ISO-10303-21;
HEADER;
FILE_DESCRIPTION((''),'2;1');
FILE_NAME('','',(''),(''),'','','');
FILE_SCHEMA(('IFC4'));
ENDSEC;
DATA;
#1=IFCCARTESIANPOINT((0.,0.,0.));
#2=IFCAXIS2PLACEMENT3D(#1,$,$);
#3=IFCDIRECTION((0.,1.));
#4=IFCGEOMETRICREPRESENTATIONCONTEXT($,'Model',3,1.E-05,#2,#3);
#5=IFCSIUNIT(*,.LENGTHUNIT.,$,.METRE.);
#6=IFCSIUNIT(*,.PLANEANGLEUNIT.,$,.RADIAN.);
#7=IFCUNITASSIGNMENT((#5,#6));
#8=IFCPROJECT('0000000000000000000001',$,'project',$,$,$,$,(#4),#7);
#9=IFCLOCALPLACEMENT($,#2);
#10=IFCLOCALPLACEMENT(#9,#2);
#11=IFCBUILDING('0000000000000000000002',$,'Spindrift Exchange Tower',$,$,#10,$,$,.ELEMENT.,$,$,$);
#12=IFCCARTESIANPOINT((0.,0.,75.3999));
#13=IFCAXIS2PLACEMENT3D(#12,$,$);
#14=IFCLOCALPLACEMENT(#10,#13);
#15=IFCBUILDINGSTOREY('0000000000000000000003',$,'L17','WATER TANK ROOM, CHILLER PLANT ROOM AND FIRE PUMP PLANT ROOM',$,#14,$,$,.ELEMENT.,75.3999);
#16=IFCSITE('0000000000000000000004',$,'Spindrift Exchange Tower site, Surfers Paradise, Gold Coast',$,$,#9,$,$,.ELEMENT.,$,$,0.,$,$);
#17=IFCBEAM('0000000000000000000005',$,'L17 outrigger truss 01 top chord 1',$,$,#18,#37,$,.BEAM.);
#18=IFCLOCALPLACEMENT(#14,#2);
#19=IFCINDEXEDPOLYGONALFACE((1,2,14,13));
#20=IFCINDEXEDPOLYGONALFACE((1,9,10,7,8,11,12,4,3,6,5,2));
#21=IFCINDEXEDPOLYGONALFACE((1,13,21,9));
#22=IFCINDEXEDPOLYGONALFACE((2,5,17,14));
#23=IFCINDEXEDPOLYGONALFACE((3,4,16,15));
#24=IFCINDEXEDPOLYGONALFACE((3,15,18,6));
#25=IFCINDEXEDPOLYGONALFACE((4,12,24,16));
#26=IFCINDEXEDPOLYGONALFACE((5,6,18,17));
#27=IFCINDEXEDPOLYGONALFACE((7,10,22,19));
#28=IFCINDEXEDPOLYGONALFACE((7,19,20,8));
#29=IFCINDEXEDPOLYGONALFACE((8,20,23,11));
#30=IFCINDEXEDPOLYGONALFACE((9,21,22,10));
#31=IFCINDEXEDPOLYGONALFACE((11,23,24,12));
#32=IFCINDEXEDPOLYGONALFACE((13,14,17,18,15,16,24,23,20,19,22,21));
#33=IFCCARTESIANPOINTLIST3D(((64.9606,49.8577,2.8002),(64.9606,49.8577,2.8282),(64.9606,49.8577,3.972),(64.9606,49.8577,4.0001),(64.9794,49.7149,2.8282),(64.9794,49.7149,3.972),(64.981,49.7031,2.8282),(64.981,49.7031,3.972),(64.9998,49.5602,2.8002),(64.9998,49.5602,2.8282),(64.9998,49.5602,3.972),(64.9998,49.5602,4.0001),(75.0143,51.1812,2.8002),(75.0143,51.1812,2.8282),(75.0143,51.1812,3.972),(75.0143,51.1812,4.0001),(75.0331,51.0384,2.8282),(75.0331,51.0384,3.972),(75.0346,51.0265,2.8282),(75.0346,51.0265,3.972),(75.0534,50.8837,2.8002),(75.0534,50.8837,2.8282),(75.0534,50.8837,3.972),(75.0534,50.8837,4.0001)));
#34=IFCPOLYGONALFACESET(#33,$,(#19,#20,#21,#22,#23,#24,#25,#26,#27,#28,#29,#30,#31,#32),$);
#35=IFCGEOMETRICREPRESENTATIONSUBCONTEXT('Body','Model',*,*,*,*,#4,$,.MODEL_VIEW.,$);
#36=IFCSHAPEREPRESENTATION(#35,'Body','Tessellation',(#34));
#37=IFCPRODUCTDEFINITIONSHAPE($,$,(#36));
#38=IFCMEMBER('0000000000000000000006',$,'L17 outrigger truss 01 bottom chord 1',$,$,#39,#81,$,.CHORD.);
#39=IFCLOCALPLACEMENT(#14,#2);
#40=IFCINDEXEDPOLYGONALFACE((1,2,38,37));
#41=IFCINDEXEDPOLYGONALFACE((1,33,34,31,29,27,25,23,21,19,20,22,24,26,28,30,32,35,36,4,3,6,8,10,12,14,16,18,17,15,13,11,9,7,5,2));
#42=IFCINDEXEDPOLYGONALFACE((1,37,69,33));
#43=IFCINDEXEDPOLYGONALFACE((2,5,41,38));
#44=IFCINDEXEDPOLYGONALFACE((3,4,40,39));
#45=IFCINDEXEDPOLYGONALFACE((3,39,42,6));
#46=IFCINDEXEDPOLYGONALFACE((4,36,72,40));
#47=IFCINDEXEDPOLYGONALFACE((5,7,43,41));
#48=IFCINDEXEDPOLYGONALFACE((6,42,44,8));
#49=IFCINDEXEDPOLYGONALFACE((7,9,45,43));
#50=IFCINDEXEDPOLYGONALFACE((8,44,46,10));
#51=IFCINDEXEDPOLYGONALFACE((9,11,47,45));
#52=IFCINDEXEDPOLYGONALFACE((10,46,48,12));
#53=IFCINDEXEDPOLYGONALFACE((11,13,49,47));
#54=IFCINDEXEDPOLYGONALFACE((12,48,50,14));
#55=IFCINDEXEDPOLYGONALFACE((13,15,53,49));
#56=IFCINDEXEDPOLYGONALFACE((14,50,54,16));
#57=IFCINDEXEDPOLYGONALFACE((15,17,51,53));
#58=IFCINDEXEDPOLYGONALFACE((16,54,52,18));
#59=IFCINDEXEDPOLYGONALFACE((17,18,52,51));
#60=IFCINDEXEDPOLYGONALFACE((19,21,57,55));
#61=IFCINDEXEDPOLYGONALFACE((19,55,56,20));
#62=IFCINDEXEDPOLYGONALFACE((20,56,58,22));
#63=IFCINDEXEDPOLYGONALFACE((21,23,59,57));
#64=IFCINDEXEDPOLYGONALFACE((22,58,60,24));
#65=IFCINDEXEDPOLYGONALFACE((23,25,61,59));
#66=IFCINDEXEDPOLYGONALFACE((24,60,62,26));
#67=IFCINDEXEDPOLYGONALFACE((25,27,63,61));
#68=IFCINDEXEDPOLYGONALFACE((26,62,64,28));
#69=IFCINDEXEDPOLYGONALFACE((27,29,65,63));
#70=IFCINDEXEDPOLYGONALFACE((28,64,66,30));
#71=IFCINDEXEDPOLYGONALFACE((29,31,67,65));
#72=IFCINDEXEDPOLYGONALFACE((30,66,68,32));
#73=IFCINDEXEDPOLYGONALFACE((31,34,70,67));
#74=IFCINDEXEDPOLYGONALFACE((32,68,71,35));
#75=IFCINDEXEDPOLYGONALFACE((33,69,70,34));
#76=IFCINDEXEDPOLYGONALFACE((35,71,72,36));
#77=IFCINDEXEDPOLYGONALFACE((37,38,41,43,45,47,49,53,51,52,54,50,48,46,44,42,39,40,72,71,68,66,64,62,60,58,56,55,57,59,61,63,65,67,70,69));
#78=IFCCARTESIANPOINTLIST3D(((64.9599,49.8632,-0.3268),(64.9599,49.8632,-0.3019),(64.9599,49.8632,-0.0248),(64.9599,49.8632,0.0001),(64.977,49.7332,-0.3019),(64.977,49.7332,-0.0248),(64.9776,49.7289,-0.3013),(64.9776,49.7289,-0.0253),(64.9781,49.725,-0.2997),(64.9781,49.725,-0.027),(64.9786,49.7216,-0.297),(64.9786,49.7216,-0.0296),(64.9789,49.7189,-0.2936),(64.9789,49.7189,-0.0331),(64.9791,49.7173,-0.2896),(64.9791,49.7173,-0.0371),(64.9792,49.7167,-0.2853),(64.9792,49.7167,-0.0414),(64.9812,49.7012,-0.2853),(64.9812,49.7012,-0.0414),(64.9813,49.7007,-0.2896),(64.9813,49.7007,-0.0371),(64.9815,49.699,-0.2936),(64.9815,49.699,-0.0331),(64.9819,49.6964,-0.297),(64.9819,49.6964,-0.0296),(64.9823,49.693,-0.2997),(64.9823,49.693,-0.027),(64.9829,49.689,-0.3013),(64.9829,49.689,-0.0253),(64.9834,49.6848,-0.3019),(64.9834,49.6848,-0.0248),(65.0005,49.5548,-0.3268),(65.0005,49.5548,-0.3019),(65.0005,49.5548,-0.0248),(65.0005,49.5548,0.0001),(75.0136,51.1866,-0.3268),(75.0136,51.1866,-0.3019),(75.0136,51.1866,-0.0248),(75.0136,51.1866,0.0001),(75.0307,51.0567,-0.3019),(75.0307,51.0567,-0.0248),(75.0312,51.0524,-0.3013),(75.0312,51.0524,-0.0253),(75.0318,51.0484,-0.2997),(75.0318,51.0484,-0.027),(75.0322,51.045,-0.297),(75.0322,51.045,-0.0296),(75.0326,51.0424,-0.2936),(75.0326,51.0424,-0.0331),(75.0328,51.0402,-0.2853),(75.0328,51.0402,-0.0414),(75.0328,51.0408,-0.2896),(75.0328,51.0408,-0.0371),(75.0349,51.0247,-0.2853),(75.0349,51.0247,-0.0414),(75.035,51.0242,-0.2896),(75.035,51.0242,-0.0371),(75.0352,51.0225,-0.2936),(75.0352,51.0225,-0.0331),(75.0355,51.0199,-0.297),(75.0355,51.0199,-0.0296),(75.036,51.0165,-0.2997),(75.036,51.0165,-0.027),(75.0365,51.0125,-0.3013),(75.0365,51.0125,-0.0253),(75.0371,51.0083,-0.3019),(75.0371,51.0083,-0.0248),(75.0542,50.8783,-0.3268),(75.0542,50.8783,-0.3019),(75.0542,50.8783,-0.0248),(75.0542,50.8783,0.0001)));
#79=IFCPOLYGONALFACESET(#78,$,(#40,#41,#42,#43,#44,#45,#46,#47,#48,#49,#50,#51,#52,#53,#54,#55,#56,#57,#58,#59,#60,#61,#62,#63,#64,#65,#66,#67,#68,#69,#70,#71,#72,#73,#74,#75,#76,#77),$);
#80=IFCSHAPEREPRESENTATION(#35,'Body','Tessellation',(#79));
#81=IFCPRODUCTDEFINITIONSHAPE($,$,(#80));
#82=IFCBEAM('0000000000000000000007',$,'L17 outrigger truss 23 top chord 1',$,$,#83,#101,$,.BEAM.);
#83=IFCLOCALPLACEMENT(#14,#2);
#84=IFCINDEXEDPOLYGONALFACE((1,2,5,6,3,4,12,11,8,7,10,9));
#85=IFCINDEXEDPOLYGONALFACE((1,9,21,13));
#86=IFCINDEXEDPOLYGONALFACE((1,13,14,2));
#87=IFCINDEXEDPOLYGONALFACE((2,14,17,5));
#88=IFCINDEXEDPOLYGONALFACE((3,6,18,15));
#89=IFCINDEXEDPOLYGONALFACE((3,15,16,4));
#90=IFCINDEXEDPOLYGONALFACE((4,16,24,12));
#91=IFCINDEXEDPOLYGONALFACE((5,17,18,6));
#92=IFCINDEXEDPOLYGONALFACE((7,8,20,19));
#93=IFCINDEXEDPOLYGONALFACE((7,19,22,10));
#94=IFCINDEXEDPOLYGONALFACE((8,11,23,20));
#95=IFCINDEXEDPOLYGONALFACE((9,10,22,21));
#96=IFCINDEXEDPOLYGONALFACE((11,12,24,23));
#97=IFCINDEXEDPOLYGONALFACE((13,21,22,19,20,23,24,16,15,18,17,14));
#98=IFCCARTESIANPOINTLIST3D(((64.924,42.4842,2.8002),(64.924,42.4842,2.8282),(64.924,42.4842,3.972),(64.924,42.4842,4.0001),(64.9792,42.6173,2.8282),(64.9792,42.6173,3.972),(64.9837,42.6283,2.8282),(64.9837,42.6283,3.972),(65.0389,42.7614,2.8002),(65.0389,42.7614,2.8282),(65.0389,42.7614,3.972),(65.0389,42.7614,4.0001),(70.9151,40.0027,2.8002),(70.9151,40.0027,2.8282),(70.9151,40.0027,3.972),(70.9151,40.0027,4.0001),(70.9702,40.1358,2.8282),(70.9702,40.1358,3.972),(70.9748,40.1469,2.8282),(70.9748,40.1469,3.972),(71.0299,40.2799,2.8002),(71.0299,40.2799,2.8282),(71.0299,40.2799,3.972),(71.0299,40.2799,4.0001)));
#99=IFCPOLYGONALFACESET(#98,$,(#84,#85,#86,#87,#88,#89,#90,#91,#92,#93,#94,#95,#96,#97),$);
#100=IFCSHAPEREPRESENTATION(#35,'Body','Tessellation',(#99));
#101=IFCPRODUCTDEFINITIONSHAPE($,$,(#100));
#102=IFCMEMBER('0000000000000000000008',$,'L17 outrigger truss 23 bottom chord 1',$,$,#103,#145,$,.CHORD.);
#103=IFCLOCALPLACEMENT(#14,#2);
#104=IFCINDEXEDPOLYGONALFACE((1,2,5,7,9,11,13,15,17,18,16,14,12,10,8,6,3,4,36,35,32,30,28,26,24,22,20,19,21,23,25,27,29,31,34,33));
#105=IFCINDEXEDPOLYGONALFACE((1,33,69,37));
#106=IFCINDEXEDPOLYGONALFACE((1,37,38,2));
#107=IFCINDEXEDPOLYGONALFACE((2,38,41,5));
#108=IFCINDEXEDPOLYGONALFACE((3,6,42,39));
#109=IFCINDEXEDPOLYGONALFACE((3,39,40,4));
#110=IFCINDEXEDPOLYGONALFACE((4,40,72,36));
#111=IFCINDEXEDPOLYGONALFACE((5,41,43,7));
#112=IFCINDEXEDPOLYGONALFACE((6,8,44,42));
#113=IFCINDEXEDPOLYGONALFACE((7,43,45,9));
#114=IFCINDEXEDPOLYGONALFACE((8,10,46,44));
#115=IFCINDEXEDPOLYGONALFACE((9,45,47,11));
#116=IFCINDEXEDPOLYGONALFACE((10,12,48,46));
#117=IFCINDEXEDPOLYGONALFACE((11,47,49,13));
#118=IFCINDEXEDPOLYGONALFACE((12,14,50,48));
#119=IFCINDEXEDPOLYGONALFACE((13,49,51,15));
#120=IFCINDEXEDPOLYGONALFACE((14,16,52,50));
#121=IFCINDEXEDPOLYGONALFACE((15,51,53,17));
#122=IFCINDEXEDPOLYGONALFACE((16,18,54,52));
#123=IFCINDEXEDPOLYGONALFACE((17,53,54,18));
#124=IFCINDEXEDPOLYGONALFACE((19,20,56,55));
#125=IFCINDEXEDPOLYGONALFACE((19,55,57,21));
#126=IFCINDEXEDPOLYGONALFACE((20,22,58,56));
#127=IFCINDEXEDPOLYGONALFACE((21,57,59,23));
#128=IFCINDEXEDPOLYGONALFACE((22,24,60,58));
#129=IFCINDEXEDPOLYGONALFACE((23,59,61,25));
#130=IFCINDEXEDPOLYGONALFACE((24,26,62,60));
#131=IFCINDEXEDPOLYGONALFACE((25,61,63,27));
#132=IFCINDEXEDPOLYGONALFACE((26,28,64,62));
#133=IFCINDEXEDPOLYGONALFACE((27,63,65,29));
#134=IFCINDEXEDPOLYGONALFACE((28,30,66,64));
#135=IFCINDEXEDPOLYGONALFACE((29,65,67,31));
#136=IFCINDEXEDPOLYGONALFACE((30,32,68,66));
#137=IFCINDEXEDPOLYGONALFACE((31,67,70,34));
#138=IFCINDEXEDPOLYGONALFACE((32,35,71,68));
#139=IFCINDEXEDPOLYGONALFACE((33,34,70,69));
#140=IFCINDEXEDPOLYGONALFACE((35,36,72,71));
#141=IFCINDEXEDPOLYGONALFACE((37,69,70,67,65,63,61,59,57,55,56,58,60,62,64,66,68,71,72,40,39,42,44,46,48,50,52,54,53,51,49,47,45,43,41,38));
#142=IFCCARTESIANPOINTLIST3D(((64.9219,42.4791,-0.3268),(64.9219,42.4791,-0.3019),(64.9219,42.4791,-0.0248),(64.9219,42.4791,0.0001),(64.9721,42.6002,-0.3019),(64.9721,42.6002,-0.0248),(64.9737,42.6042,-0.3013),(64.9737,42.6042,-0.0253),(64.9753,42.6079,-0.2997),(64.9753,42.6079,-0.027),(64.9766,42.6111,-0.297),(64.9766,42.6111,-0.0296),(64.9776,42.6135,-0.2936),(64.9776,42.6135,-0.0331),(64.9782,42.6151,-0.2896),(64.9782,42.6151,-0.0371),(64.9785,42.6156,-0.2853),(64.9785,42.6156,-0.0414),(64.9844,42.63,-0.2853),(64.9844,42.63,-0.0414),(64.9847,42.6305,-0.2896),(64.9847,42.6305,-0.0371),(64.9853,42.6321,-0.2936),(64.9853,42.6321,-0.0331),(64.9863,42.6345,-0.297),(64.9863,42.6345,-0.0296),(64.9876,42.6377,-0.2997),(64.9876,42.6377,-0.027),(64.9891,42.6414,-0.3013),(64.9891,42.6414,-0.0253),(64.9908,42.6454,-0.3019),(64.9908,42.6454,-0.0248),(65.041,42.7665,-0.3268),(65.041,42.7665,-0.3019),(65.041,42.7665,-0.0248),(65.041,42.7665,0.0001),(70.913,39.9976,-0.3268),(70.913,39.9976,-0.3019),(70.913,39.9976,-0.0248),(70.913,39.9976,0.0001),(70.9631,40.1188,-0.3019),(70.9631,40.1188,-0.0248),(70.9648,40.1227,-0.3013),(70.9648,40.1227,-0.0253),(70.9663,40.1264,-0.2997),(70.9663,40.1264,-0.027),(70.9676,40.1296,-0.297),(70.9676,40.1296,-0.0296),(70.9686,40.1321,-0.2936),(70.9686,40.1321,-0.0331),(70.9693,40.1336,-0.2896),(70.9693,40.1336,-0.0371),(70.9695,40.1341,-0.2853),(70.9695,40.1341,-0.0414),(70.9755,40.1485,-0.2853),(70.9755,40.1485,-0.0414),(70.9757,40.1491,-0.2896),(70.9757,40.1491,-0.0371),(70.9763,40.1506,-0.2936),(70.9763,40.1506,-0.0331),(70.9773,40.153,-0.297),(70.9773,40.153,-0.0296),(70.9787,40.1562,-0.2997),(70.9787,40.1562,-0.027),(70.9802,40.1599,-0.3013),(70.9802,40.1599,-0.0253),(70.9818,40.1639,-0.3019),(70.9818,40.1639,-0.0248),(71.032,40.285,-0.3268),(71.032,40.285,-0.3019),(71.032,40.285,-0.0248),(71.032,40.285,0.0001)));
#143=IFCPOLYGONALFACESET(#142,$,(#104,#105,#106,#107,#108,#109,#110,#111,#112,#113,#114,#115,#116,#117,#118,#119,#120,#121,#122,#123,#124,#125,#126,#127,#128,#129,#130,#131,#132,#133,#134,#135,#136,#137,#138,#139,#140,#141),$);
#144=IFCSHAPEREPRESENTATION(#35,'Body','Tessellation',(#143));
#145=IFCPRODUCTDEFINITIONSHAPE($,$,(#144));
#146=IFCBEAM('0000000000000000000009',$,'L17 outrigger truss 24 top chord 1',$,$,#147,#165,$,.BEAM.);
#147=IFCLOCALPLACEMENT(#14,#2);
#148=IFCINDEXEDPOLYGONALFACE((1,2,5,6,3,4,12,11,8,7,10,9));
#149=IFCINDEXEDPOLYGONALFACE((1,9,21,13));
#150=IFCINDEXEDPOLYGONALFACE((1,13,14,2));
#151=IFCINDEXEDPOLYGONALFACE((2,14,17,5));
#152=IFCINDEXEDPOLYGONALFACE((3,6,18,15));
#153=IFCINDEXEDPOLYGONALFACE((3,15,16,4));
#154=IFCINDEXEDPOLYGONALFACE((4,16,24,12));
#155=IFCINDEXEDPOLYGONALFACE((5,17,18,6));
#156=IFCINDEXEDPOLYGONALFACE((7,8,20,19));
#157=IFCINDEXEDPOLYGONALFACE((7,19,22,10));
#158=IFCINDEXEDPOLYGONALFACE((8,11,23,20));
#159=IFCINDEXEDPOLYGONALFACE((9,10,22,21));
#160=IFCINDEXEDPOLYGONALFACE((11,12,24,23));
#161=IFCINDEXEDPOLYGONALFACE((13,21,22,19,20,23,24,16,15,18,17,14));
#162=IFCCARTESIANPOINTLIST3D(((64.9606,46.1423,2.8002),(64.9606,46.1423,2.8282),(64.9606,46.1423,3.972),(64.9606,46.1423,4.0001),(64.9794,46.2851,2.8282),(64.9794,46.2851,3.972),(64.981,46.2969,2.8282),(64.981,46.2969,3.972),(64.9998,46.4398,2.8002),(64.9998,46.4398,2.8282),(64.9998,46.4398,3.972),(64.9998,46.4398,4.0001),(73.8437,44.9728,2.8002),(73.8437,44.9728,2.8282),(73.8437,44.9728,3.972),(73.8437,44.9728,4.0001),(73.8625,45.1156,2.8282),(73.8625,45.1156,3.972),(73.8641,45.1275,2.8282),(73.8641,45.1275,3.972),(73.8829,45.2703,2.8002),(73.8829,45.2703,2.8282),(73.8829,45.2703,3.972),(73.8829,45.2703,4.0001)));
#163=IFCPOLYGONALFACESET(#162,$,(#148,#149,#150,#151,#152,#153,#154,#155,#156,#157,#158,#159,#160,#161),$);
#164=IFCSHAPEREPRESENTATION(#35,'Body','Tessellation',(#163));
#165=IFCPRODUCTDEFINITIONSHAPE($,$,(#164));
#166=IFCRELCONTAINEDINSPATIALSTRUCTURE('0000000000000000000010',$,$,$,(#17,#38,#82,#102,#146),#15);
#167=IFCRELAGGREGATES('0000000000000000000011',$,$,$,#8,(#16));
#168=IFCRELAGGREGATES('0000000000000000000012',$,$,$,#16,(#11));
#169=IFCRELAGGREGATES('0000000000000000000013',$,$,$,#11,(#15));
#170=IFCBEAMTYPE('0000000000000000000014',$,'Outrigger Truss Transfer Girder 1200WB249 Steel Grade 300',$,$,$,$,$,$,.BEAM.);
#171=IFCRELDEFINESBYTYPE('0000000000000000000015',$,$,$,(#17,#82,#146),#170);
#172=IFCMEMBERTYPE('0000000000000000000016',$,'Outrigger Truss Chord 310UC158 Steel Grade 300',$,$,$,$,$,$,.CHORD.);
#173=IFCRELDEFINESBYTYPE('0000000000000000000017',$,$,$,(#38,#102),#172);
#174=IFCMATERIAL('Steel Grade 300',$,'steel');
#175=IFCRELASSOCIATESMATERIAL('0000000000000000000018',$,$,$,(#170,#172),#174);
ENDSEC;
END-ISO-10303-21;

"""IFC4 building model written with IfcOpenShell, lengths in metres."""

from ifc_helpers import new_model, si_unit, direction, frame, origin, origin_2d, place, context, subcontext, project, spatial, i_section, extrude, source, transform, mapped, material, material_profile, profile_set, type_object, element, save


model = new_model("IFC4")

# Units and contexts
model_context = context("Model", 3, precision=1e-05, world=origin(), true_north=direction((0.0, 1.0)))
body_context = subcontext(model_context, "Body", "Model", "MODEL_VIEW")
ifc_project = project(units=[si_unit("LENGTHUNIT", "METRE"), si_unit("PLANEANGLEUNIT", "RADIAN")], contexts=[model_context])

# Site, building, storey
site_placement = place(None, origin())
site = spatial("IfcSite", under=ifc_project, at=site_placement, Name="Spindrift Exchange Tower site, Surfers Paradise, Gold Coast", CompositionType="ELEMENT", RefElevation=0.0)
building_placement = place(site_placement, origin())
building = spatial("IfcBuilding", under=site, at=building_placement, Name="Spindrift Exchange Tower", CompositionType="ELEMENT")
storey_placement = place(building_placement, frame((0.0, 0.0, 75.3999)))
storey = spatial("IfcBuildingStorey", under=building, at=storey_placement, Name="L17", Description="WATER TANK ROOM, CHILLER PLANT ROOM AND FIRE PUMP PLANT ROOM", CompositionType="ELEMENT", Elevation=75.3999)

# Beam
ifc_material_1 = material(Name="Steel Grade 300", Category="steel")
ifc_material_profile_1 = material_profile(ifc_material_1, i_section(OverallWidth=0.3, OverallDepth=1.2, WebThickness=0.012, FlangeThickness=0.0281, at=origin_2d()), Name="1200WB249")
ifc_profile_set_1 = profile_set([ifc_material_profile_1], Name="Steel Grade 300")
beam_type = type_object("IfcBeamType", Name="Outrigger Truss Transfer Girder 1200WB249 Steel Grade 300", PredefinedType="BEAM", material=ifc_profile_set_1)
shared_shape_1 = source(origin(), body_context, "Body", "SweptSolid", [
    extrude(i_section(OverallWidth=0.3, OverallDepth=1.2, WebThickness=0.012, FlangeThickness=0.0281, at=origin_2d()), origin(), (0.0, 0.0, 1.0), 10.1404),
])
beam_1_placement = place(storey_placement, frame((64.9802, 49.709, 3.4001), z_axis=(0.991446, 0.130516, 0.0), x_axis=(-0.130516, 0.991446, 0.0)))
element("IfcBeam", 1, at=beam_1_placement, inside=storey, type_object=beam_type, Name="L17 outrigger truss 01 top chord 1", PredefinedType="BEAM", context=body_context, shape_type="MappedRepresentation", body=[
    mapped(shared_shape_1, transform((0.0, 0.0, 0.0), scale=1.0)),
])

# Member
ifc_material_profile_2 = material_profile(ifc_material_1, i_section(OverallWidth=0.311, OverallDepth=0.3269, WebThickness=0.0156, FlangeThickness=0.0249, FilletRadius=0.0166, at=origin_2d()), Name="310UC158")
ifc_profile_set_2 = profile_set([ifc_material_profile_2], Name="Steel Grade 300")
member_type = type_object("IfcMemberType", Name="Outrigger Truss Chord 310UC158 Steel Grade 300", PredefinedType="CHORD", material=ifc_profile_set_2)
shared_shape_2 = source(origin(), body_context, "Body", "SweptSolid", [
    extrude(i_section(OverallWidth=0.311, OverallDepth=0.3269, WebThickness=0.0156, FlangeThickness=0.0249, FilletRadius=0.0166, at=origin_2d()), origin(), (0.0, 0.0, 1.0), 10.1404),
])
member_1_placement = place(storey_placement, frame((64.9802, 49.709, -0.1633), z_axis=(0.991446, 0.130516, 0.0), x_axis=(-0.130516, 0.991446, 0.0)))
element("IfcMember", 2, at=member_1_placement, inside=storey, type_object=member_type, Name="L17 outrigger truss 01 bottom chord 1", PredefinedType="CHORD", context=body_context, shape_type="MappedRepresentation", body=[
    mapped(shared_shape_2, transform((0.0, 0.0, 0.0), scale=1.0)),
])

# Beam
shared_shape_3 = source(origin(), body_context, "Body", "SweptSolid", [
    extrude(i_section(OverallWidth=0.3, OverallDepth=1.2, WebThickness=0.012, FlangeThickness=0.0281, at=origin_2d()), origin(), (0.0, 0.0, 1.0), 6.4846),
])
beam_2_placement = place(storey_placement, frame((64.9814, 42.6228, 3.4001), z_axis=(0.923885, -0.382671, 0.0), x_axis=(0.382671, 0.923885, 0.0)))
element("IfcBeam", 3, at=beam_2_placement, inside=storey, type_object=beam_type, Name="L17 outrigger truss 23 top chord 1", PredefinedType="BEAM", context=body_context, shape_type="MappedRepresentation", body=[
    mapped(shared_shape_3, transform((0.0, 0.0, 0.0), scale=1.0)),
])

# Member
shared_shape_4 = source(origin(), body_context, "Body", "SweptSolid", [
    extrude(i_section(OverallWidth=0.311, OverallDepth=0.3269, WebThickness=0.0156, FlangeThickness=0.0249, FilletRadius=0.0166, at=origin_2d()), origin(), (0.0, 0.0, 1.0), 6.4846),
])
member_2_placement = place(storey_placement, frame((64.9814, 42.6228, -0.1633), z_axis=(0.923885, -0.382671, 0.0), x_axis=(0.382671, 0.923885, 0.0)))
element("IfcMember", 4, at=member_2_placement, inside=storey, type_object=member_type, Name="L17 outrigger truss 23 bottom chord 1", PredefinedType="CHORD", context=body_context, shape_type="MappedRepresentation", body=[
    mapped(shared_shape_4, transform((0.0, 0.0, 0.0), scale=1.0)),
])

# Beam
shared_shape_5 = source(origin(), body_context, "Body", "SweptSolid", [
    extrude(i_section(OverallWidth=0.3, OverallDepth=1.2, WebThickness=0.012, FlangeThickness=0.0281, at=origin_2d()), origin(), (0.0, 0.0, 1.0), 8.9597),
])
beam_3_placement = place(storey_placement, frame((64.9802, 46.291, 3.4001), z_axis=(0.991445, -0.130521, 0.0), x_axis=(0.130521, 0.991445, 0.0)))
element("IfcBeam", 5, at=beam_3_placement, inside=storey, type_object=beam_type, Name="L17 outrigger truss 24 top chord 1", PredefinedType="BEAM", context=body_context, shape_type="MappedRepresentation", body=[
    mapped(shared_shape_5, transform((0.0, 0.0, 0.0), scale=1.0)),
])

save(model, "model.ifc")
